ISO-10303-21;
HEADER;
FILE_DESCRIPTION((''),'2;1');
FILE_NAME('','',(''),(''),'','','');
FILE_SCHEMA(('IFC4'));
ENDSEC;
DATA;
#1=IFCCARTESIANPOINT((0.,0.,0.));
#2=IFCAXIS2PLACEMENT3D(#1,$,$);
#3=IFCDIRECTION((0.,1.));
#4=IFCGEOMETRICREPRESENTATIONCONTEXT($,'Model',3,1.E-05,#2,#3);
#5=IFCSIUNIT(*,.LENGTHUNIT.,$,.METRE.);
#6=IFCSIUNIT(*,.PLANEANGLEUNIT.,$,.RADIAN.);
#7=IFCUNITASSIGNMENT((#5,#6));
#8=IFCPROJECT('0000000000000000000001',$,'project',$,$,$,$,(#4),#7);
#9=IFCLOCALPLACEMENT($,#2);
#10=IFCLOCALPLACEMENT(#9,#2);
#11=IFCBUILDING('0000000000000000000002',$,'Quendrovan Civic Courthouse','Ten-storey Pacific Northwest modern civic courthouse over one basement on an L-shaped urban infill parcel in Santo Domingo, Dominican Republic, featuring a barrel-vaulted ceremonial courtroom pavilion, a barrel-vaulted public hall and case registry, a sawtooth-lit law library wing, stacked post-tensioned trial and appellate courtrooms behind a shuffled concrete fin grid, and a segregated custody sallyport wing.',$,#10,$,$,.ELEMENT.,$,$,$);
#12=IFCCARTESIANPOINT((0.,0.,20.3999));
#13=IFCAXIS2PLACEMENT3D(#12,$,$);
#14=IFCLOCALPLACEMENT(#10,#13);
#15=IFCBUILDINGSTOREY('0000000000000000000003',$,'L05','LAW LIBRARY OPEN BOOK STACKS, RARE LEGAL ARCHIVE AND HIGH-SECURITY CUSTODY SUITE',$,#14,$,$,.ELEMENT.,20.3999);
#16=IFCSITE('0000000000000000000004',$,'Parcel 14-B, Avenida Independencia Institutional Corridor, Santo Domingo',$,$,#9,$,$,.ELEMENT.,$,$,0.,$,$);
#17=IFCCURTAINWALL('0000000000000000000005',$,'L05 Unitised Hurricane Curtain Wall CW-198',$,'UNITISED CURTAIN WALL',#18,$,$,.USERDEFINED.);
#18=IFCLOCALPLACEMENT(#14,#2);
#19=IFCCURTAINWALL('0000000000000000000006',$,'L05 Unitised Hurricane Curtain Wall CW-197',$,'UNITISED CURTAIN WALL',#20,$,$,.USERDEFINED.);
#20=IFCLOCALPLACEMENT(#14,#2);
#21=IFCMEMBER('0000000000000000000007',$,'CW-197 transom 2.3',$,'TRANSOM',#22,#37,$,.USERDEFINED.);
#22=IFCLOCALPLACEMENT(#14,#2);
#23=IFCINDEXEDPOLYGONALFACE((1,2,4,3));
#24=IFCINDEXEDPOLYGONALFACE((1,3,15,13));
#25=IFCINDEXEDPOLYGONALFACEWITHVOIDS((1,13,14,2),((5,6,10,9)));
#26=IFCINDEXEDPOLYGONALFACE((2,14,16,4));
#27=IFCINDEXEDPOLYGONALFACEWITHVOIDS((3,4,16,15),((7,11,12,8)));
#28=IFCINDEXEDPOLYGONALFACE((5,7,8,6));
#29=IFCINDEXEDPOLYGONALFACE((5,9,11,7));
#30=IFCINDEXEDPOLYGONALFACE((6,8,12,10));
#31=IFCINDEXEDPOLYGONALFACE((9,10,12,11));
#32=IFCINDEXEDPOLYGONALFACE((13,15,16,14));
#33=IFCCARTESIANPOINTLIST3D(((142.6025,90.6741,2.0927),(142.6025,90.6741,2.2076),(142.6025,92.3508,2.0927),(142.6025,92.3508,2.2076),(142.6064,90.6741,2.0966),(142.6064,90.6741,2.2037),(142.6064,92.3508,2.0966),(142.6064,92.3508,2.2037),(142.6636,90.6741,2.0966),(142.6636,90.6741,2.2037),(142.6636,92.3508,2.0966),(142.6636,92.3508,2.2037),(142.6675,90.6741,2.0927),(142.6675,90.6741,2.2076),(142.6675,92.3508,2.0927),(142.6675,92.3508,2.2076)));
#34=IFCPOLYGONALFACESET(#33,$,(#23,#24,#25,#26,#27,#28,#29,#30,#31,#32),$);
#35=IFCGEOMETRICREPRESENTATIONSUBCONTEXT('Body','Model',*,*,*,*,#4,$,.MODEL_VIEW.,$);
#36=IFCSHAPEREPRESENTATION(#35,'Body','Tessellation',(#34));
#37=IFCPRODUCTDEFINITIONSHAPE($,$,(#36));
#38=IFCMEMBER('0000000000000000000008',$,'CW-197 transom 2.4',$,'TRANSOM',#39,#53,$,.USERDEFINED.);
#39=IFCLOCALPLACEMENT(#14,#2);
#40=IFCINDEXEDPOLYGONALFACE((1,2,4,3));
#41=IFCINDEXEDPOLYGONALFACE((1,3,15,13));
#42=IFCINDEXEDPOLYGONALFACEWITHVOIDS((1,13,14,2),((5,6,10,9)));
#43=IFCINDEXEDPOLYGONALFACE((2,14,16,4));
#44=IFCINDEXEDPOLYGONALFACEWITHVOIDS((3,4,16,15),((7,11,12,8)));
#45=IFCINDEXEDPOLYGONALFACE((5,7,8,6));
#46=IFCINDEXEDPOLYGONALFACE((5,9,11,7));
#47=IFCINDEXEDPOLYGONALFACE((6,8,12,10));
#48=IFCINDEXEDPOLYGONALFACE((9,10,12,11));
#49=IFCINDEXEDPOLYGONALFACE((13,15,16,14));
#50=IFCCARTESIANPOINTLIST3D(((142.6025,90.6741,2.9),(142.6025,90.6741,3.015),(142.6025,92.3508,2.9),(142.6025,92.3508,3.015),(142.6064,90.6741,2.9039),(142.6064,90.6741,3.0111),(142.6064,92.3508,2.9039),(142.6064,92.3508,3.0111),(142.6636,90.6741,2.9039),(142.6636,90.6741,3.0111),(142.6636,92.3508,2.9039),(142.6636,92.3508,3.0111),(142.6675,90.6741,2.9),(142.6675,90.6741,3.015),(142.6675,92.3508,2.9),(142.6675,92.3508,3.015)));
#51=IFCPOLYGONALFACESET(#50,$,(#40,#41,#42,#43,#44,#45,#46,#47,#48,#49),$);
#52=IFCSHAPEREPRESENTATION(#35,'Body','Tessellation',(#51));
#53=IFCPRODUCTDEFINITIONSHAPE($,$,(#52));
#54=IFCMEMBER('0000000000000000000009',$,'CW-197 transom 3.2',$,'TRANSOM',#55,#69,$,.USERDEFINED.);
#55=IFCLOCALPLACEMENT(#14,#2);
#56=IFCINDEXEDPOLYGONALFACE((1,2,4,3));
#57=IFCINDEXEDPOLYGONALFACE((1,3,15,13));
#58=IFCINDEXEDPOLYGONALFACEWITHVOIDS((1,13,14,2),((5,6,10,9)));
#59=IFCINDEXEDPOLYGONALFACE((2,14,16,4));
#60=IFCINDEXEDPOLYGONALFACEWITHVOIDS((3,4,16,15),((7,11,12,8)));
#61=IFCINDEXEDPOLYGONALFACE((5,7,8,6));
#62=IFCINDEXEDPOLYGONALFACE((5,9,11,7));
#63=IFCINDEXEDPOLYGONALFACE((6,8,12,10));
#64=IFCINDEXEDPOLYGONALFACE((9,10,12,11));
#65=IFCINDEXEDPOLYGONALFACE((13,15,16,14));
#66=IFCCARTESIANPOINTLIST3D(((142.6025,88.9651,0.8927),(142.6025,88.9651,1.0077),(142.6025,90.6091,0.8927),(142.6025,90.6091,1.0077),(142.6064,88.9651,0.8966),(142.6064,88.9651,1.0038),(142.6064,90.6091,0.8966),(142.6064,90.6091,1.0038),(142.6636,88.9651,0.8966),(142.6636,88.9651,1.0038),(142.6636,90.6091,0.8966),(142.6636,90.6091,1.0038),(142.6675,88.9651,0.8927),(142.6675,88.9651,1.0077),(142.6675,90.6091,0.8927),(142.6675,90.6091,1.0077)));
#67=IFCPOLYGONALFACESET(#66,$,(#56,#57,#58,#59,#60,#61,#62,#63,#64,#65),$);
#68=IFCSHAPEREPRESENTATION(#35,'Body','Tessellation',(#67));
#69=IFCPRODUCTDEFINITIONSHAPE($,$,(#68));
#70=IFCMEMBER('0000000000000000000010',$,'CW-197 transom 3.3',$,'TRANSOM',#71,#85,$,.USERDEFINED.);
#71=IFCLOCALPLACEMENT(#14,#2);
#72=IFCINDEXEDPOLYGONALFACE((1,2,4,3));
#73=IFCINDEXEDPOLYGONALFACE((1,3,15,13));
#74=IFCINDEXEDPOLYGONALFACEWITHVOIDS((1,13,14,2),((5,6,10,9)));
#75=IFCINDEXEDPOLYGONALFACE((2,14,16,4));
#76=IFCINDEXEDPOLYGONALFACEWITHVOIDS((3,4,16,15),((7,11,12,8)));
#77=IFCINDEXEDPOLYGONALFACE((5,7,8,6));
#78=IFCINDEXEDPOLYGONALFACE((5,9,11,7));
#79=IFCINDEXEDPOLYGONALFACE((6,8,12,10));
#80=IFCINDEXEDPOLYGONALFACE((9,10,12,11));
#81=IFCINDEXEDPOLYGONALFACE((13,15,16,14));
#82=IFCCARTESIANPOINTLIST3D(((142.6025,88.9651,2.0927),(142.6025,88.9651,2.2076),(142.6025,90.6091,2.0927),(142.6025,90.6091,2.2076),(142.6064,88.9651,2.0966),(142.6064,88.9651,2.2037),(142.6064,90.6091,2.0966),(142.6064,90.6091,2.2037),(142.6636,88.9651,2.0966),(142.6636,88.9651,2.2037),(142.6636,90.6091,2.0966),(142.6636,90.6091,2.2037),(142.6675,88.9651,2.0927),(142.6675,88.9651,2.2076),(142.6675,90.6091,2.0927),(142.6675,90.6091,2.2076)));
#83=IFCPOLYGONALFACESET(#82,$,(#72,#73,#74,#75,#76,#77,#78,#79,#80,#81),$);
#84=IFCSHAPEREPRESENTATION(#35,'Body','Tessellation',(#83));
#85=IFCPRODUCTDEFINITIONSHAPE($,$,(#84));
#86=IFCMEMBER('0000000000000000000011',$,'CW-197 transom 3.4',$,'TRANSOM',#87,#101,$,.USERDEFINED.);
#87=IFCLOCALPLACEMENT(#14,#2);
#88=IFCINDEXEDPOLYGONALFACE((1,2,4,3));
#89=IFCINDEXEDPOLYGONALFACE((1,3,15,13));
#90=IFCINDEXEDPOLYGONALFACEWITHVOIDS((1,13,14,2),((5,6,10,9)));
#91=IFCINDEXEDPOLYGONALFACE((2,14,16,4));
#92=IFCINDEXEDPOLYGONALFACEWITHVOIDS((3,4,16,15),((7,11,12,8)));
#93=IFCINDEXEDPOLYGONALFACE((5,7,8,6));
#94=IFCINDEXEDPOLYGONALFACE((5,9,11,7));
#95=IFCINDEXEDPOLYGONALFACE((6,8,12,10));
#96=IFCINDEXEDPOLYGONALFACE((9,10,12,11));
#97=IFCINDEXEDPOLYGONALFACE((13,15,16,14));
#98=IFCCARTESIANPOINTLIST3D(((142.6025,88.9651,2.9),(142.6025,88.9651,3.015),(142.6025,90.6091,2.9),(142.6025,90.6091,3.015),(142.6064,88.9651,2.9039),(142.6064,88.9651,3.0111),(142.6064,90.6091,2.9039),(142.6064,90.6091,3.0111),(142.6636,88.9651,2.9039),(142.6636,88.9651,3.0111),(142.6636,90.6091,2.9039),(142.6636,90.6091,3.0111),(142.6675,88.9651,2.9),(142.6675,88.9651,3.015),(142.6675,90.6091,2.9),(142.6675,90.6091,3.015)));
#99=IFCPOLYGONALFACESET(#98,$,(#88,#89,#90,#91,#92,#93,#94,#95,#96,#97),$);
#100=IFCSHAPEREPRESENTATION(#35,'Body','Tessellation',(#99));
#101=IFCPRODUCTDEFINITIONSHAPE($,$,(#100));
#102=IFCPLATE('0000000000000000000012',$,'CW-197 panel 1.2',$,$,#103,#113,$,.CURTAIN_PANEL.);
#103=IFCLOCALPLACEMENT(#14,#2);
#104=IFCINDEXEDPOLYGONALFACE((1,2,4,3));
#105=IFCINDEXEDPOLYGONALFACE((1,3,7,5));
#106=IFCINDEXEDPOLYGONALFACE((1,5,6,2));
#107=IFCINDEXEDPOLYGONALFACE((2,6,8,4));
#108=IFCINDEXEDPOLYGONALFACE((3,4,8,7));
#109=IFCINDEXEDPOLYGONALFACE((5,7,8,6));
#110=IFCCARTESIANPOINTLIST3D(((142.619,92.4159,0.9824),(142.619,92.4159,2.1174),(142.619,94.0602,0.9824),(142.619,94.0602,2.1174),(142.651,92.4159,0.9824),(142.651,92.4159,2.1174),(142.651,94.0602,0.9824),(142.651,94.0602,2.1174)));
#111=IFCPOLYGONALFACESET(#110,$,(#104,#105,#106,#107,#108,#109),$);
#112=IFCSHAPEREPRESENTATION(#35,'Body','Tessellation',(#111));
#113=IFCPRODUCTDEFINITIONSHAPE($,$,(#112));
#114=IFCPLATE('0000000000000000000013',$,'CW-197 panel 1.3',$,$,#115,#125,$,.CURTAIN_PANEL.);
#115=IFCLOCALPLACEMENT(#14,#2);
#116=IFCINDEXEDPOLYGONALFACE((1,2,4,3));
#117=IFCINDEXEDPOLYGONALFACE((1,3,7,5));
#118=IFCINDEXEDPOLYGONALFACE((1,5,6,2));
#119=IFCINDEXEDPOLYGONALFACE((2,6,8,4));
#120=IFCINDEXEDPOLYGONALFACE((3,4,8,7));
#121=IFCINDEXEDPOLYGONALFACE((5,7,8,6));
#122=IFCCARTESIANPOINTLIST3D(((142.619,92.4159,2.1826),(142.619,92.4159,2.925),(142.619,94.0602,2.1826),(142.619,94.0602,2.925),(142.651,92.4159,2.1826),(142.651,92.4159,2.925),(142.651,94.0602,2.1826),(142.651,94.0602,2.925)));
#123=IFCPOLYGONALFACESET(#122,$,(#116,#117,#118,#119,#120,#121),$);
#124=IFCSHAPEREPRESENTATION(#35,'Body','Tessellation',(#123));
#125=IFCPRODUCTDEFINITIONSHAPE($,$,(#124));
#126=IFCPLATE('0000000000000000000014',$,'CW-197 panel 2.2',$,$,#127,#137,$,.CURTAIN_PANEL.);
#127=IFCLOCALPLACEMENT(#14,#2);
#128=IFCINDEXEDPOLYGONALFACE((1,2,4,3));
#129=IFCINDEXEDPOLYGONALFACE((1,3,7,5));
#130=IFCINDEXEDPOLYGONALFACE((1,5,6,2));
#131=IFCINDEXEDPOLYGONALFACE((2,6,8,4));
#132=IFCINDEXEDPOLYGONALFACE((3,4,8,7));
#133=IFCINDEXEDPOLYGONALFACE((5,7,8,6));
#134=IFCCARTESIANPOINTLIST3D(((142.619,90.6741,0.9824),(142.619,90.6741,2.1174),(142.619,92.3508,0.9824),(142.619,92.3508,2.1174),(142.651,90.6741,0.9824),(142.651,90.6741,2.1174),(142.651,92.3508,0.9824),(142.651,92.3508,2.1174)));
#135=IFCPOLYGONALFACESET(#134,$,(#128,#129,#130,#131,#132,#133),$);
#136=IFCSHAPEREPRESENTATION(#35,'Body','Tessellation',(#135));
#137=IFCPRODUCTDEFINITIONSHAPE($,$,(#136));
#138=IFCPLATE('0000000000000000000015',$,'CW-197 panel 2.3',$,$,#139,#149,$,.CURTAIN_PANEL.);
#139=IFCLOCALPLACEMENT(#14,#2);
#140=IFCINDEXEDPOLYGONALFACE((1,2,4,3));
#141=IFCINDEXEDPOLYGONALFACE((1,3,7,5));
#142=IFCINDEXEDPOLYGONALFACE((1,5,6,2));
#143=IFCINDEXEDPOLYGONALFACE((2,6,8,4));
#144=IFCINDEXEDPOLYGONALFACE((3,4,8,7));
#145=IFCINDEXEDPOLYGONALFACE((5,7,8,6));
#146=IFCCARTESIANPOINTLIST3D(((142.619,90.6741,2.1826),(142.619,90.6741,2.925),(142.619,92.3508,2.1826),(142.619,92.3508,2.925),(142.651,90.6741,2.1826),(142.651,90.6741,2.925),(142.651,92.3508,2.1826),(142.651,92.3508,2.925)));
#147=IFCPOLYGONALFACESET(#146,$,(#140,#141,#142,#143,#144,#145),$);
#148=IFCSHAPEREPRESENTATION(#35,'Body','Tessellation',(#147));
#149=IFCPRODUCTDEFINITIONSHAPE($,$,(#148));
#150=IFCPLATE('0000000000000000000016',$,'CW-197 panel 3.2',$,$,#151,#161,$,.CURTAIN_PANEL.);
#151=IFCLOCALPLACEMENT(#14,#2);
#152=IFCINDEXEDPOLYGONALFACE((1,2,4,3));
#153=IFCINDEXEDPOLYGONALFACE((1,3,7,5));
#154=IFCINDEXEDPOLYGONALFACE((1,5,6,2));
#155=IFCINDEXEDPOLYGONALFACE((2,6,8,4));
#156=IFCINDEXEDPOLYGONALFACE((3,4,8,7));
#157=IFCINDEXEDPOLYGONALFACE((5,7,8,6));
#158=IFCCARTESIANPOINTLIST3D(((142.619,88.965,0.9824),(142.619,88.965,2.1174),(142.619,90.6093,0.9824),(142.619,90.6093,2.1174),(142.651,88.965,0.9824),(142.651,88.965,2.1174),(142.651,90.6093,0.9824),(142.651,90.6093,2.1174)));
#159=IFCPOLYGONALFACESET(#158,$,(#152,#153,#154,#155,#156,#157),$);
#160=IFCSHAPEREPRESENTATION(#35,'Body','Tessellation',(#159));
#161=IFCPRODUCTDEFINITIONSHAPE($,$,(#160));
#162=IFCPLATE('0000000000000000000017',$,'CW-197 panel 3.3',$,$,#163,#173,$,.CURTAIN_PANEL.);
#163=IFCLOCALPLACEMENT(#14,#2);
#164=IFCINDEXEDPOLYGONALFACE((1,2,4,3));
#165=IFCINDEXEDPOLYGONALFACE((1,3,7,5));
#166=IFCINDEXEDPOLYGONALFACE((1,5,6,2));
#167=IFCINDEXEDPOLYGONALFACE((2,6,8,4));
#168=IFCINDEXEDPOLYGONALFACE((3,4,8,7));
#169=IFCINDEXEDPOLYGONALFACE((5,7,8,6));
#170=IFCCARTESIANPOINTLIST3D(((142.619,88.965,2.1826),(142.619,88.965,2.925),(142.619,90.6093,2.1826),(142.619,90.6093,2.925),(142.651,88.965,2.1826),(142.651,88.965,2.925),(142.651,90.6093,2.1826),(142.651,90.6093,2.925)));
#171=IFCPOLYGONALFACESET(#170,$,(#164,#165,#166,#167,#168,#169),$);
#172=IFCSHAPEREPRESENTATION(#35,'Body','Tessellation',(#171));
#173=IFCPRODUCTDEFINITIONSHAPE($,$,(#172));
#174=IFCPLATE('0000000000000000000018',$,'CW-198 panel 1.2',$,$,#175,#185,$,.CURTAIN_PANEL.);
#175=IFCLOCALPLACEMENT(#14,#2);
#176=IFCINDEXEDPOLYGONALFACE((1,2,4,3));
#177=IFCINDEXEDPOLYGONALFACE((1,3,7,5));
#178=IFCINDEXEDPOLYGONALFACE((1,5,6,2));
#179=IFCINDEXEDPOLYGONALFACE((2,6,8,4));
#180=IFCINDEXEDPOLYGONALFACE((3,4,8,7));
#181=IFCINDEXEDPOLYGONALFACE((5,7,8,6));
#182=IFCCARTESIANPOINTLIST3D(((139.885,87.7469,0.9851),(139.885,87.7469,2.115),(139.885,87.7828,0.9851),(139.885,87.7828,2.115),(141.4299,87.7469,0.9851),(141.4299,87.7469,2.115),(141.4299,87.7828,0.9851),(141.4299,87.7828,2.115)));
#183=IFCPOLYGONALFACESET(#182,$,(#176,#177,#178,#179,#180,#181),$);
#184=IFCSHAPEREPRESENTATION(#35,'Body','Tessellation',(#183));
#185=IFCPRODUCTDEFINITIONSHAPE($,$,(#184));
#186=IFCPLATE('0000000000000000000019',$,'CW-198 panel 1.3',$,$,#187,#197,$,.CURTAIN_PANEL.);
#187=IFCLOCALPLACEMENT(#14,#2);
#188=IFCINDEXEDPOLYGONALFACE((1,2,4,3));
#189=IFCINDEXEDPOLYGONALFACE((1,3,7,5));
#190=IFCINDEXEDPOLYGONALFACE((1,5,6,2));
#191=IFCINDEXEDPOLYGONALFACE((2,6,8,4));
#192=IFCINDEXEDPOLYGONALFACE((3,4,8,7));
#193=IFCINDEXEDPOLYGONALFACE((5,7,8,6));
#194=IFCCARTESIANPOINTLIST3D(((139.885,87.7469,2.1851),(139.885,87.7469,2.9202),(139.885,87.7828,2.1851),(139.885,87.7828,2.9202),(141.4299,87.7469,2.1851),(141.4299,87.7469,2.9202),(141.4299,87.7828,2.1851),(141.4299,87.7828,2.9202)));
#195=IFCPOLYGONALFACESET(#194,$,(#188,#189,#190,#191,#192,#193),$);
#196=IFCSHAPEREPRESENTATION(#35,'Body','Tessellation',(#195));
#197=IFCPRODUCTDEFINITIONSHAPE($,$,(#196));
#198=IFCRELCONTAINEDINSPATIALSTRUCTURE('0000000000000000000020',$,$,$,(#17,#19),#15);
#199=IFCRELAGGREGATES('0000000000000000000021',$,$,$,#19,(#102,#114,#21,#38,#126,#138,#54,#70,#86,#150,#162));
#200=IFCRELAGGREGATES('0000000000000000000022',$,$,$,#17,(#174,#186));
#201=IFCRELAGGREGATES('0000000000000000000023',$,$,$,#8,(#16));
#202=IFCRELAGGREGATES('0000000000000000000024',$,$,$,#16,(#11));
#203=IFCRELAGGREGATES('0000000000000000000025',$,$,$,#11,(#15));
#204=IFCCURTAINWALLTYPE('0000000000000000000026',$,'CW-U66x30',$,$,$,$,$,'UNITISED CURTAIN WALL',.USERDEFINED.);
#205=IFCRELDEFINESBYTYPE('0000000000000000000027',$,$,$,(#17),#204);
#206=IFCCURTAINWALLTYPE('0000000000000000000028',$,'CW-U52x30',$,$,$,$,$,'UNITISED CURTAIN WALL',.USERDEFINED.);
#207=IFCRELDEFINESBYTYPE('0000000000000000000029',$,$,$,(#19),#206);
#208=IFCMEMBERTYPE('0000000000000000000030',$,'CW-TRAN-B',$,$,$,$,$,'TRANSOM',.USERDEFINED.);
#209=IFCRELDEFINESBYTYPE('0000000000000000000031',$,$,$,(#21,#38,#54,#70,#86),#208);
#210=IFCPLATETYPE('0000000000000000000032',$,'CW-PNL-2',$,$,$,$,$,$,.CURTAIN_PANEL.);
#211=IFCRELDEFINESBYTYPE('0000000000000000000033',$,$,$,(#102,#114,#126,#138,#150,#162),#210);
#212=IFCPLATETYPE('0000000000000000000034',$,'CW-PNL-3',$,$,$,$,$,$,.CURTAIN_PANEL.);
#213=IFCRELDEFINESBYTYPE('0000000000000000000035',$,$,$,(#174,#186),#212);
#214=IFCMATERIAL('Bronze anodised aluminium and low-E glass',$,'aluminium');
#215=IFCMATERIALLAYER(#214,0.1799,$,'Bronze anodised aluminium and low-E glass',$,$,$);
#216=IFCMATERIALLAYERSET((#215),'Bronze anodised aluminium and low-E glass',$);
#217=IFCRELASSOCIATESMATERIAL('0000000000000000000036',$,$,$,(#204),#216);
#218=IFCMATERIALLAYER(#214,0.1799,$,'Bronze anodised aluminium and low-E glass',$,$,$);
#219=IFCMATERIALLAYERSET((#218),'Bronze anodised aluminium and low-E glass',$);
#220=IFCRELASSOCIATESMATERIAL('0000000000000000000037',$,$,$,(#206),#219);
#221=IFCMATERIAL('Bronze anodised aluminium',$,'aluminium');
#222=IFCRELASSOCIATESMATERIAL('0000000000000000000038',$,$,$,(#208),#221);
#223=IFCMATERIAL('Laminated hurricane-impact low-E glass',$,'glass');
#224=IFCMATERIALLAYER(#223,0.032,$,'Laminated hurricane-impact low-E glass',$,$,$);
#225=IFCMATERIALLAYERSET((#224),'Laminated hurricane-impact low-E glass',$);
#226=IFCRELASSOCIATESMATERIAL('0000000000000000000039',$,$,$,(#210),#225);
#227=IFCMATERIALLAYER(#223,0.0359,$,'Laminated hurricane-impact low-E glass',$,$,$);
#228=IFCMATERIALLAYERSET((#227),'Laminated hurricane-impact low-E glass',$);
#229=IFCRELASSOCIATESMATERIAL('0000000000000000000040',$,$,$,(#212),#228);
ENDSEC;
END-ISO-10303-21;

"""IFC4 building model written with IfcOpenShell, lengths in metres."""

from ifc_helpers import new_model, si_unit, direction, frame, origin, origin_2d, place, context, subcontext, project, spatial, rectangle, hollow_rectangle, extrude, material, layer, layer_set, material_profile, profile_set, type_object, element, aggregate, save


model = new_model("IFC4")

# Units and contexts
model_context = context("Model", 3, precision=1e-05, world=origin(), true_north=direction((0.0, 1.0)))
body_context = subcontext(model_context, "Body", "Model", "MODEL_VIEW")
ifc_project = project(units=[si_unit("LENGTHUNIT", "METRE"), si_unit("PLANEANGLEUNIT", "RADIAN")], contexts=[model_context])

# Site, building, storey
site_placement = place(None, origin())
site = spatial("IfcSite", under=ifc_project, at=site_placement, Name="Parcel 14-B, Avenida Independencia Institutional Corridor, Santo Domingo", CompositionType="ELEMENT", RefElevation=0.0)
building_placement = place(site_placement, origin())
building = spatial("IfcBuilding", under=site, at=building_placement, Name="Quendrovan Civic Courthouse", Description="Ten-storey Pacific Northwest modern civic courthouse over one basement on an L-shaped urban infill parcel in Santo Domingo, Dominican Republic, featuring a barrel-vaulted ceremonial courtroom pavilion, a barrel-vaulted public hall and case registry, a sawtooth-lit law library wing, stacked post-tensioned trial and appellate courtrooms behind a shuffled concrete fin grid, and a segregated custody sallyport wing.", CompositionType="ELEMENT")
storey_placement = place(building_placement, frame((0.0, 0.0, 20.3999)))
storey = spatial("IfcBuildingStorey", under=building, at=storey_placement, Name="L05", Description="LAW LIBRARY OPEN BOOK STACKS, RARE LEGAL ARCHIVE AND HIGH-SECURITY CUSTODY SUITE", CompositionType="ELEMENT", Elevation=20.3999)

# Curtain wall
ifc_material_1 = material(Name="Bronze anodised aluminium and low-E glass", Category="aluminium")
ifc_layer_1 = layer(ifc_material_1, 0.1799, Name="Bronze anodised aluminium and low-E glass")
ifc_layer_set_1 = layer_set([ifc_layer_1], Name="Bronze anodised aluminium and low-E glass")
curtain_wall_type_1 = type_object("IfcCurtainWallType", Name="CW-U66x30", ElementType="UNITISED CURTAIN WALL", PredefinedType="USERDEFINED", material=ifc_layer_set_1)
curtain_wall_1_placement = place(storey_placement, origin())
curtain_wall_1 = element("IfcCurtainWall", 1, at=curtain_wall_1_placement, inside=storey, type_object=curtain_wall_type_1, Name="L05 Unitised Hurricane Curtain Wall CW-198", ObjectType="UNITISED CURTAIN WALL", PredefinedType="USERDEFINED")
ifc_material_2 = material(Name="Bronze anodised aluminium", Category="aluminium")

# Curtain wall, members, plates
ifc_layer_2 = layer(ifc_material_1, 0.1799, Name="Bronze anodised aluminium and low-E glass")
ifc_layer_set_2 = layer_set([ifc_layer_2], Name="Bronze anodised aluminium and low-E glass")
curtain_wall_type_2 = type_object("IfcCurtainWallType", Name="CW-U52x30", ElementType="UNITISED CURTAIN WALL", PredefinedType="USERDEFINED", material=ifc_layer_set_2)
curtain_wall_2_placement = place(storey_placement, origin())
curtain_wall_2 = element("IfcCurtainWall", 2, at=curtain_wall_2_placement, inside=storey, type_object=curtain_wall_type_2, Name="L05 Unitised Hurricane Curtain Wall CW-197", ObjectType="UNITISED CURTAIN WALL", PredefinedType="USERDEFINED")
ifc_material_profile_1 = material_profile(ifc_material_2, hollow_rectangle(XDim=0.0649, YDim=0.115, WallThickness=0.0039, at=origin_2d()), Name="CW-TRAN-65x115")
ifc_profile_set_1 = profile_set([ifc_material_profile_1], Name="Bronze anodised aluminium")
member_type_1 = type_object("IfcMemberType", Name="CW-TRAN-B", ElementType="TRANSOM", PredefinedType="USERDEFINED", material=ifc_profile_set_1)
member_1_placement = place(storey_placement, frame((142.635, 92.3508, 2.1501), z_axis=(0.0, -1.0, 0.0), x_axis=(1.0, 0.0, 0.0)))
member_1 = element("IfcMember", 3, at=member_1_placement, type_object=member_type_1, Name="CW-197 transom 2.3", ObjectType="TRANSOM", PredefinedType="USERDEFINED", context=body_context, shape_type="SweptSolid", body=[
    extrude(hollow_rectangle(XDim=0.0649, YDim=0.115, WallThickness=0.0039, at=origin_2d()), origin(), (0.0, 0.0, 1.0), 1.6768),
])
member_2_placement = place(storey_placement, frame((142.635, 92.3508, 2.9575), z_axis=(0.0, -1.0, 0.0), x_axis=(1.0, 0.0, 0.0)))
member_2 = element("IfcMember", 4, at=member_2_placement, type_object=member_type_1, Name="CW-197 transom 2.4", ObjectType="TRANSOM", PredefinedType="USERDEFINED", context=body_context, shape_type="SweptSolid", body=[
    extrude(hollow_rectangle(XDim=0.0649, YDim=0.115, WallThickness=0.0039, at=origin_2d()), origin(), (0.0, 0.0, 1.0), 1.6768),
])
member_3_placement = place(storey_placement, frame((142.635, 90.6091, 0.9502), z_axis=(0.0, -1.0, 0.0), x_axis=(1.0, 0.0, 0.0)))
member_3 = element("IfcMember", 5, at=member_3_placement, type_object=member_type_1, Name="CW-197 transom 3.2", ObjectType="TRANSOM", PredefinedType="USERDEFINED", context=body_context, shape_type="SweptSolid", body=[
    extrude(hollow_rectangle(XDim=0.0649, YDim=0.115, WallThickness=0.0039, at=origin_2d()), origin(), (0.0, 0.0, 1.0), 1.644),
])
member_4_placement = place(storey_placement, frame((142.635, 90.6091, 2.1501), z_axis=(0.0, -1.0, 0.0), x_axis=(1.0, 0.0, 0.0)))
member_4 = element("IfcMember", 6, at=member_4_placement, type_object=member_type_1, Name="CW-197 transom 3.3", ObjectType="TRANSOM", PredefinedType="USERDEFINED", context=body_context, shape_type="SweptSolid", body=[
    extrude(hollow_rectangle(XDim=0.0649, YDim=0.115, WallThickness=0.0039, at=origin_2d()), origin(), (0.0, 0.0, 1.0), 1.644),
])
member_5_placement = place(storey_placement, frame((142.635, 90.6091, 2.9575), z_axis=(0.0, -1.0, 0.0), x_axis=(1.0, 0.0, 0.0)))
member_5 = element("IfcMember", 7, at=member_5_placement, type_object=member_type_1, Name="CW-197 transom 3.4", ObjectType="TRANSOM", PredefinedType="USERDEFINED", context=body_context, shape_type="SweptSolid", body=[
    extrude(hollow_rectangle(XDim=0.0649, YDim=0.115, WallThickness=0.0039, at=origin_2d()), origin(), (0.0, 0.0, 1.0), 1.644),
])
ifc_material_3 = material(Name="Laminated hurricane-impact low-E glass", Category="glass")
ifc_layer_3 = layer(ifc_material_3, 0.032, Name="Laminated hurricane-impact low-E glass")
ifc_layer_set_3 = layer_set([ifc_layer_3], Name="Laminated hurricane-impact low-E glass")
plate_type_1 = type_object("IfcPlateType", Name="CW-PNL-2", PredefinedType="CURTAIN_PANEL", material=ifc_layer_set_3)
plate_1_placement = place(storey_placement, frame((142.635, 93.238, 0.9824), z_axis=(0.0, 0.0, 1.0), x_axis=(0.0, -1.0, 0.0)))
plate_1 = element("IfcPlate", 8, at=plate_1_placement, type_object=plate_type_1, Name="CW-197 panel 1.2", PredefinedType="CURTAIN_PANEL", context=body_context, shape_type="SweptSolid", body=[
    extrude(rectangle(XDim=1.6443, YDim=0.032, at=origin_2d()), origin(), (0.0, 0.0, 1.0), 1.135),
])
plate_2_placement = place(storey_placement, frame((142.635, 93.238, 2.1826), z_axis=(0.0, 0.0, 1.0), x_axis=(0.0, -1.0, 0.0)))
plate_2 = element("IfcPlate", 9, at=plate_2_placement, type_object=plate_type_1, Name="CW-197 panel 1.3", PredefinedType="CURTAIN_PANEL", context=body_context, shape_type="SweptSolid", body=[
    extrude(rectangle(XDim=1.6443, YDim=0.032, at=origin_2d()), origin(), (0.0, 0.0, 1.0), 0.7424),
])
plate_3_placement = place(storey_placement, frame((142.635, 91.5125, 0.9824), z_axis=(0.0, 0.0, 1.0), x_axis=(0.0, -1.0, 0.0)))
plate_3 = element("IfcPlate", 10, at=plate_3_placement, type_object=plate_type_1, Name="CW-197 panel 2.2", PredefinedType="CURTAIN_PANEL", context=body_context, shape_type="SweptSolid", body=[
    extrude(rectangle(XDim=1.6768, YDim=0.032, at=origin_2d()), origin(), (0.0, 0.0, 1.0), 1.135),
])
plate_4_placement = place(storey_placement, frame((142.635, 91.5125, 2.1826), z_axis=(0.0, 0.0, 1.0), x_axis=(0.0, -1.0, 0.0)))
plate_4 = element("IfcPlate", 11, at=plate_4_placement, type_object=plate_type_1, Name="CW-197 panel 2.3", PredefinedType="CURTAIN_PANEL", context=body_context, shape_type="SweptSolid", body=[
    extrude(rectangle(XDim=1.6768, YDim=0.032, at=origin_2d()), origin(), (0.0, 0.0, 1.0), 0.7424),
])
plate_5_placement = place(storey_placement, frame((142.635, 89.7871, 0.9824), z_axis=(0.0, 0.0, 1.0), x_axis=(0.0, -1.0, 0.0)))
plate_5 = element("IfcPlate", 12, at=plate_5_placement, type_object=plate_type_1, Name="CW-197 panel 3.2", PredefinedType="CURTAIN_PANEL", context=body_context, shape_type="SweptSolid", body=[
    extrude(rectangle(XDim=1.6443, YDim=0.032, at=origin_2d()), origin(), (0.0, 0.0, 1.0), 1.135),
])
plate_6_placement = place(storey_placement, frame((142.635, 89.7871, 2.1826), z_axis=(0.0, 0.0, 1.0), x_axis=(0.0, -1.0, 0.0)))
plate_6 = element("IfcPlate", 13, at=plate_6_placement, type_object=plate_type_1, Name="CW-197 panel 3.3", PredefinedType="CURTAIN_PANEL", context=body_context, shape_type="SweptSolid", body=[
    extrude(rectangle(XDim=1.6443, YDim=0.032, at=origin_2d()), origin(), (0.0, 0.0, 1.0), 0.7424),
])
aggregate(curtain_wall_2, [plate_1, plate_2, member_1, member_2, plate_3, plate_4, member_3, member_4, member_5, plate_5, plate_6])

# Plates
ifc_layer_4 = layer(ifc_material_3, 0.0359, Name="Laminated hurricane-impact low-E glass")
ifc_layer_set_4 = layer_set([ifc_layer_4], Name="Laminated hurricane-impact low-E glass")
plate_type_2 = type_object("IfcPlateType", Name="CW-PNL-3", PredefinedType="CURTAIN_PANEL", material=ifc_layer_set_4)
plate_7_placement = place(storey_placement, frame((140.6575, 87.7649, 0.9851), z_axis=(0.0, 0.0, 1.0), x_axis=(-1.0, 0.0, 0.0)))
plate_7 = element("IfcPlate", 14, at=plate_7_placement, type_object=plate_type_2, Name="CW-198 panel 1.2", PredefinedType="CURTAIN_PANEL", context=body_context, shape_type="SweptSolid", body=[
    extrude(rectangle(XDim=1.5449, YDim=0.0359, at=origin_2d()), origin(), (0.0, 0.0, 1.0), 1.1299),
])
plate_8_placement = place(storey_placement, frame((140.6575, 87.7649, 2.1851), z_axis=(0.0, 0.0, 1.0), x_axis=(-1.0, 0.0, 0.0)))
plate_8 = element("IfcPlate", 15, at=plate_8_placement, type_object=plate_type_2, Name="CW-198 panel 1.3", PredefinedType="CURTAIN_PANEL", context=body_context, shape_type="SweptSolid", body=[
    extrude(rectangle(XDim=1.5449, YDim=0.0359, at=origin_2d()), origin(), (0.0, 0.0, 1.0), 0.7351),
])
aggregate(curtain_wall_1, [plate_7, plate_8])

save(model, "model.ifc")
